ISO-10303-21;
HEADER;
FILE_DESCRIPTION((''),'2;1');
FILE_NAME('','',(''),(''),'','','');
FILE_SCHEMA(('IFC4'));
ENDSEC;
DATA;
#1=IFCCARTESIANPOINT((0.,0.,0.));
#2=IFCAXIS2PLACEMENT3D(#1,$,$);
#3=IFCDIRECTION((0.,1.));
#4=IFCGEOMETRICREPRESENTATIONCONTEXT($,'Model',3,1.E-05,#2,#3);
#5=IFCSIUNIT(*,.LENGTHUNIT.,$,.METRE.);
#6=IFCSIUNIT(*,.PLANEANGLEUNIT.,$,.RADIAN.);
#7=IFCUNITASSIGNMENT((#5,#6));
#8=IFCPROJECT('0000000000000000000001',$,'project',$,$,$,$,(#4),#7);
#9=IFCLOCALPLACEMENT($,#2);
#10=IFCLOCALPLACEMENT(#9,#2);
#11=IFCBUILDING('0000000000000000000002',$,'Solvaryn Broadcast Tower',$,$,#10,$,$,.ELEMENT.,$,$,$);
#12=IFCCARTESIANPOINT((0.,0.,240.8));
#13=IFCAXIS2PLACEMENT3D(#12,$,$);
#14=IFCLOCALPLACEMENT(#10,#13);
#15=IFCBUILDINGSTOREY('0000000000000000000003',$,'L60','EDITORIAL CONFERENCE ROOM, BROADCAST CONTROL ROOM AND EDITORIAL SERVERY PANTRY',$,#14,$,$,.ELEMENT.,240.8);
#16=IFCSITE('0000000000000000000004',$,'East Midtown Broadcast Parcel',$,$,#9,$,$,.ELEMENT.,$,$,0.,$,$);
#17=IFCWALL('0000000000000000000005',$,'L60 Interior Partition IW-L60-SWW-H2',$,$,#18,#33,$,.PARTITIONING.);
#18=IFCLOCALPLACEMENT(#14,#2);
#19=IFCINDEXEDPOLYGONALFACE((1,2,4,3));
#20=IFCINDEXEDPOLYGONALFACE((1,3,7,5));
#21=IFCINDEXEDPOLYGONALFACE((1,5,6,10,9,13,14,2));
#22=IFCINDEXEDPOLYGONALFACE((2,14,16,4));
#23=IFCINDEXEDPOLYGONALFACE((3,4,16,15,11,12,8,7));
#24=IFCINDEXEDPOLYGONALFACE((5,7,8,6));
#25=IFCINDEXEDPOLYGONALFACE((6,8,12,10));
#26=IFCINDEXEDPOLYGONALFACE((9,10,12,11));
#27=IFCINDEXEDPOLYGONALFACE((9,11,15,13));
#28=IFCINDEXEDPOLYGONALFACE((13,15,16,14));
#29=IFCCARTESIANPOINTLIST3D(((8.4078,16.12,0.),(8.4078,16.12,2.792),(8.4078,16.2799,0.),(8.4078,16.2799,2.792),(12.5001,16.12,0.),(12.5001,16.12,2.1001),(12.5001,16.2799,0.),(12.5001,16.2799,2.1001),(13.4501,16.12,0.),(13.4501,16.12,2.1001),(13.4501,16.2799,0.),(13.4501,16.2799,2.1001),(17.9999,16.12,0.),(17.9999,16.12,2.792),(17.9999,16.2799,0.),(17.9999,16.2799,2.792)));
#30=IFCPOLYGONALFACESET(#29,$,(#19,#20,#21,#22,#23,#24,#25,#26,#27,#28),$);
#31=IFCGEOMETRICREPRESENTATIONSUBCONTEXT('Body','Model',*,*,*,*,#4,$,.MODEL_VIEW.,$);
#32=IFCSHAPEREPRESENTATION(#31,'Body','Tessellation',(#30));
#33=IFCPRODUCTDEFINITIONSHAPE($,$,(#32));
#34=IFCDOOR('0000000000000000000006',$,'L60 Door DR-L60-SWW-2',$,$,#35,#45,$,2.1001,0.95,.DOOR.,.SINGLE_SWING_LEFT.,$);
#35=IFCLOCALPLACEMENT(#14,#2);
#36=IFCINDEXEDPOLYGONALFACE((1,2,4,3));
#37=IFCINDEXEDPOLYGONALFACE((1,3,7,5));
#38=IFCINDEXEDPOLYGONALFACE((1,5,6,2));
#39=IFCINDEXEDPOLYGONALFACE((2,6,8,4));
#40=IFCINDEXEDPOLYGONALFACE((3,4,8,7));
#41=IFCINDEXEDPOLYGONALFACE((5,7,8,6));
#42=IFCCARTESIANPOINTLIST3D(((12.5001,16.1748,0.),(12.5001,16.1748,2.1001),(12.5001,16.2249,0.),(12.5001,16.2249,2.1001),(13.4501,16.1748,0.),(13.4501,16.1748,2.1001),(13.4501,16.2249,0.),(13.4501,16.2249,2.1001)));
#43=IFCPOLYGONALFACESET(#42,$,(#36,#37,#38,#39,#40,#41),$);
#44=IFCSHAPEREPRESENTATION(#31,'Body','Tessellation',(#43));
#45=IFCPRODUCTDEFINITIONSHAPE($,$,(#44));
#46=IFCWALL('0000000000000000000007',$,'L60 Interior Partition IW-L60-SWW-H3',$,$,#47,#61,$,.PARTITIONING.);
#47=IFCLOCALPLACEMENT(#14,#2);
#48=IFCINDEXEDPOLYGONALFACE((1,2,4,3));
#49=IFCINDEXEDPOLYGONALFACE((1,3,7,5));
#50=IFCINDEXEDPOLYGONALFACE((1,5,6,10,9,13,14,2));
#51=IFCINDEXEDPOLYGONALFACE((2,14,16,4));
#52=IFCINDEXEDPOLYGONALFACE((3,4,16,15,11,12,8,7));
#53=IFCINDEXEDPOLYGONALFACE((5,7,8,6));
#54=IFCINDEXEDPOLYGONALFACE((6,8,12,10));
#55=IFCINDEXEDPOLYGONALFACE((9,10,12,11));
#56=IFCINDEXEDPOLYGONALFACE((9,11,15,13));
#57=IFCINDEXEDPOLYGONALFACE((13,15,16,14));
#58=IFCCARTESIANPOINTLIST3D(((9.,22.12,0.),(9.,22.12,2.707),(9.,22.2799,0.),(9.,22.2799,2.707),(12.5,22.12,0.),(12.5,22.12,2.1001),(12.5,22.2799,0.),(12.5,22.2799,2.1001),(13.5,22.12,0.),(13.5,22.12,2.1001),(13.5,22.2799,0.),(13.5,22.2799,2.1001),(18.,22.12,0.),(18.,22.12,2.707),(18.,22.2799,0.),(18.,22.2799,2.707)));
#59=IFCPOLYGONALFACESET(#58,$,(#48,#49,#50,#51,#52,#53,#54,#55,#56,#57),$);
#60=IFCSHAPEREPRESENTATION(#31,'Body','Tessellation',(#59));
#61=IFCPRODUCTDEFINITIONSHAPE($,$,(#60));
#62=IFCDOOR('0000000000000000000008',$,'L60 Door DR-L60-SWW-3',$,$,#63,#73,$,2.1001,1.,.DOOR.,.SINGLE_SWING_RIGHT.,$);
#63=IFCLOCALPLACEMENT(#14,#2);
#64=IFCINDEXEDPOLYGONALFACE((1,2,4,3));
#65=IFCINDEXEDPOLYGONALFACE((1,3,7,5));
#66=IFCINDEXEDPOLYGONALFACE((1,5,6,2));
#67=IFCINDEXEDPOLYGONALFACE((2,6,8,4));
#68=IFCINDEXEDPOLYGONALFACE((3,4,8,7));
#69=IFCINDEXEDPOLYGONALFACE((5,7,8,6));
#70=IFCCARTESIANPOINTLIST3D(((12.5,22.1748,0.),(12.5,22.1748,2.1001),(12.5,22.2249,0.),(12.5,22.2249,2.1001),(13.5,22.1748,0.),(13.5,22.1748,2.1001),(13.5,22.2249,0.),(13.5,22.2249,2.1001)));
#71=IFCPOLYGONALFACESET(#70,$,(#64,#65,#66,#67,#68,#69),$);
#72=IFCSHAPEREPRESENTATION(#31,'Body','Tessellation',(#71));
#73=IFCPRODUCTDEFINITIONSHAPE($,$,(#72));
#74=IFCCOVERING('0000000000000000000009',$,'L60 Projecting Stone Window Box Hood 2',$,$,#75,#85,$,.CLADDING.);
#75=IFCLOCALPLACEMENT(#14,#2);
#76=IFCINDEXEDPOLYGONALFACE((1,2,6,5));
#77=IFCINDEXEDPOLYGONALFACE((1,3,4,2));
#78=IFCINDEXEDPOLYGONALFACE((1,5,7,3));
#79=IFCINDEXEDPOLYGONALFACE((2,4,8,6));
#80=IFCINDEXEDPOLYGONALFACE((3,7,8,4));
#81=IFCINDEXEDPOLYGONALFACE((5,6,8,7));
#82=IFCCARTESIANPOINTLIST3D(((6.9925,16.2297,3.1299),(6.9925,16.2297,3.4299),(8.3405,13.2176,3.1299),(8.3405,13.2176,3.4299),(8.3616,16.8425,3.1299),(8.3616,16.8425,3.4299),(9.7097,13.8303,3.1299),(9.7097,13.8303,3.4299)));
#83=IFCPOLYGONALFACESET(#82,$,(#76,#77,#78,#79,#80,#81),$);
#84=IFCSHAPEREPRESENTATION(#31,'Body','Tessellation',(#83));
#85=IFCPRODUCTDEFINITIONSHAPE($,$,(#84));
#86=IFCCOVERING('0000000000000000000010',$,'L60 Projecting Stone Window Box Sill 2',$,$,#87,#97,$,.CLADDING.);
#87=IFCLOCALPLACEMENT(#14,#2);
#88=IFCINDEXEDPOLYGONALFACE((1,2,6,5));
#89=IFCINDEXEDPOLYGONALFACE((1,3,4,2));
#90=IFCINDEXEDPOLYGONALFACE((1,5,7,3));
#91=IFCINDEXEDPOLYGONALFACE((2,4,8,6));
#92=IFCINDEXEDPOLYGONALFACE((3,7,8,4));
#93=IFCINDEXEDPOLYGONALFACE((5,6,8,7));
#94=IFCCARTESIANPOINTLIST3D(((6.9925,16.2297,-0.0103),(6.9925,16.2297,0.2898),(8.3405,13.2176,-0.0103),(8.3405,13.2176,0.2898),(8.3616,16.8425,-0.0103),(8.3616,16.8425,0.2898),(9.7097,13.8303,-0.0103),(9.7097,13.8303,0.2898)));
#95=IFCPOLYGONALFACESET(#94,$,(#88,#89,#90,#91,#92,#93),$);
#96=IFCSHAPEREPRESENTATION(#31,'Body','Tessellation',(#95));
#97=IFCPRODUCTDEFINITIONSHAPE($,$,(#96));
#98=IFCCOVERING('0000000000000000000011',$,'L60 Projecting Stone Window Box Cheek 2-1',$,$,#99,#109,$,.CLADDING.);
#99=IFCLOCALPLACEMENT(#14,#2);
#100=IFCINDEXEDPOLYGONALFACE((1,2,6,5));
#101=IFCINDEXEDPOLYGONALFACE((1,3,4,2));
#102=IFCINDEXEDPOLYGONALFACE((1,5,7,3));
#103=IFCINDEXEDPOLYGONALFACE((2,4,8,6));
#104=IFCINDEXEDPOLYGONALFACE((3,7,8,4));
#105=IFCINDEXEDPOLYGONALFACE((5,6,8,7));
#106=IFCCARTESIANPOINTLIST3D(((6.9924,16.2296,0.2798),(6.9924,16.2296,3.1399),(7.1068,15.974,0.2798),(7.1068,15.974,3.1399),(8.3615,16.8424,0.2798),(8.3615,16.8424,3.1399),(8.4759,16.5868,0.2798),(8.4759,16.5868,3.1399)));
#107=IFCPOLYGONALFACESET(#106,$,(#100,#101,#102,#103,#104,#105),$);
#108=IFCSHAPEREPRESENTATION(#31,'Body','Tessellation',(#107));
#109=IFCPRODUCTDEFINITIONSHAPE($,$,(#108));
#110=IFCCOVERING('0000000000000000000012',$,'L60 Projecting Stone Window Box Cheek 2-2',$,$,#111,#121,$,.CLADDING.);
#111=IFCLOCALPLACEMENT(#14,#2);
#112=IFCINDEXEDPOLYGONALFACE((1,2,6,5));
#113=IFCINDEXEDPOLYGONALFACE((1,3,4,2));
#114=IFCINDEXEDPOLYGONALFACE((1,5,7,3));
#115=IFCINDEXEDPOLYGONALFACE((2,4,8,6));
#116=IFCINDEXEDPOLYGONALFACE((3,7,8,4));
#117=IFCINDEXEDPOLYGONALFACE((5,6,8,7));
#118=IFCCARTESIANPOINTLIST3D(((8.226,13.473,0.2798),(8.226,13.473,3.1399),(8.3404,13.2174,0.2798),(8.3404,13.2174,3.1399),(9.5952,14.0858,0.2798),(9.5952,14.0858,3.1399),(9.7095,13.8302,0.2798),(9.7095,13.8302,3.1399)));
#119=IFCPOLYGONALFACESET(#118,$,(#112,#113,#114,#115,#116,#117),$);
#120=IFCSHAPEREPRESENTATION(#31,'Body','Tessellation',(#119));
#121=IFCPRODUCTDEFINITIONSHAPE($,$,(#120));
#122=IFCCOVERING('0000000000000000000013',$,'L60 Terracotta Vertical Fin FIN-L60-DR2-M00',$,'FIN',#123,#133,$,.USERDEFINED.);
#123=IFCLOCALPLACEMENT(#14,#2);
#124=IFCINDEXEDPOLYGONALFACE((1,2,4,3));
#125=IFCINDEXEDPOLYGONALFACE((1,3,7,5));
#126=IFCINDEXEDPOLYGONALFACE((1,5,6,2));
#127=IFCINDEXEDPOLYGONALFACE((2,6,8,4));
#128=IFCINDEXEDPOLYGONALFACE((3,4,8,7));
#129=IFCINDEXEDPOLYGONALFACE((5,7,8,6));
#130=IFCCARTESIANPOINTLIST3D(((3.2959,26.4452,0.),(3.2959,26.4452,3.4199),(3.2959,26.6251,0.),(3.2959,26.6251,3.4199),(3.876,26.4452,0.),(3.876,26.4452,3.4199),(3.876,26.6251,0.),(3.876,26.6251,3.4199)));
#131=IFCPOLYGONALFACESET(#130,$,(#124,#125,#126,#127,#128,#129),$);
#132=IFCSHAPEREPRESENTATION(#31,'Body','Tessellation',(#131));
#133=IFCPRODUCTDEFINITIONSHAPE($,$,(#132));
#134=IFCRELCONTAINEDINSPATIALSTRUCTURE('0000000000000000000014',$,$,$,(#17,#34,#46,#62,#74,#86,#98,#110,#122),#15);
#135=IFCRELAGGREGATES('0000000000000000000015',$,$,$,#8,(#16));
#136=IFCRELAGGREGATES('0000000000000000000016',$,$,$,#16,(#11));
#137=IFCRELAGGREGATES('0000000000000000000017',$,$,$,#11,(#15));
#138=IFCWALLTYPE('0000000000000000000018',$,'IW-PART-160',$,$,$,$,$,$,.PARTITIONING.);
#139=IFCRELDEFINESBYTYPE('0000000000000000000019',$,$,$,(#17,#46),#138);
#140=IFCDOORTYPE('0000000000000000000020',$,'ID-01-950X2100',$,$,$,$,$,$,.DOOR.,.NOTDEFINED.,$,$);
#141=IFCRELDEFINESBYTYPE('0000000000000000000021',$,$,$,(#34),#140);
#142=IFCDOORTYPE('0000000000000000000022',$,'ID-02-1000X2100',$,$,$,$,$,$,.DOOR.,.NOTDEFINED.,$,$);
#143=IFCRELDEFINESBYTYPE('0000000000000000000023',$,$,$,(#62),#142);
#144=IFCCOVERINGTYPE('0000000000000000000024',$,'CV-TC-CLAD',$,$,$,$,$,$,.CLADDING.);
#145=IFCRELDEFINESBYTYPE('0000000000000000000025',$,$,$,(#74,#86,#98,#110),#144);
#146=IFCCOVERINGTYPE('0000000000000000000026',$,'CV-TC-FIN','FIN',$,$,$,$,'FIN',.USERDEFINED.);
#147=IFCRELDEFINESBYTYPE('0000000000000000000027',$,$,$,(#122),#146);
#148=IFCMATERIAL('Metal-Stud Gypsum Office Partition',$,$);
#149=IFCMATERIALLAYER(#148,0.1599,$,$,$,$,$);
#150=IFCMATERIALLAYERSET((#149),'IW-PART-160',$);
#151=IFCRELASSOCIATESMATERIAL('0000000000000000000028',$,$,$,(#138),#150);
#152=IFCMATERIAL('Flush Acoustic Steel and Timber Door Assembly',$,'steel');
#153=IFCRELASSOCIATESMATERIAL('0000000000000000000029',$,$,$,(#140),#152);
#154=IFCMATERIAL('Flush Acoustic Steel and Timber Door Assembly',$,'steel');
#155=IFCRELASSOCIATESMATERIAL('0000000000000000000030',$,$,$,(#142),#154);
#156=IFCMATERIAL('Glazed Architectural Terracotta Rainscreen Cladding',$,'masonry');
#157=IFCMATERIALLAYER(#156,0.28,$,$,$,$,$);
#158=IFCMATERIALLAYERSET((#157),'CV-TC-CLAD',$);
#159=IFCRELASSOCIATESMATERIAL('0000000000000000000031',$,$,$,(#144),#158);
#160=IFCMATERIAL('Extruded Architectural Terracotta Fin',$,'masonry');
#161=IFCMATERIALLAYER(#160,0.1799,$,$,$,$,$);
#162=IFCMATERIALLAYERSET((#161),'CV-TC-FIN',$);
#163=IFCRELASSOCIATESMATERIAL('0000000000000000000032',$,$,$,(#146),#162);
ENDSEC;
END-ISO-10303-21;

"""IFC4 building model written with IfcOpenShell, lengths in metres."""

from ifc_helpers import new_model, si_unit, direction, frame, frame_2d, origin, origin_2d, place, context, subcontext, project, spatial, rectangle, extrude, material, layer, layer_set, type_object, element, fill, save


model = new_model("IFC4")

# Units and contexts
model_context = context("Model", 3, precision=1e-05, world=origin(), true_north=direction((0.0, 1.0)))
body_context = subcontext(model_context, "Body", "Model", "MODEL_VIEW")
ifc_project = project(units=[si_unit("LENGTHUNIT", "METRE"), si_unit("PLANEANGLEUNIT", "RADIAN")], contexts=[model_context])

# Site, building, storey
site_placement = place(None, origin())
site = spatial("IfcSite", under=ifc_project, at=site_placement, Name="East Midtown Broadcast Parcel", CompositionType="ELEMENT", RefElevation=0.0)
building_placement = place(site_placement, origin())
building = spatial("IfcBuilding", under=site, at=building_placement, Name="Solvaryn Broadcast Tower", CompositionType="ELEMENT")
storey_placement = place(building_placement, frame((0.0, 0.0, 240.8)))
storey = spatial("IfcBuildingStorey", under=building, at=storey_placement, Name="L60", Description="EDITORIAL CONFERENCE ROOM, BROADCAST CONTROL ROOM AND EDITORIAL SERVERY PANTRY", CompositionType="ELEMENT", Elevation=240.8)

# Shared definitions
ifc_material_1 = material(Name="Metal-Stud Gypsum Office Partition")
ifc_layer_1 = layer(ifc_material_1, 0.1599)
ifc_layer_set_1 = layer_set([ifc_layer_1], Name="IW-PART-160")
wall_type = type_object("IfcWallType", Name="IW-PART-160", PredefinedType="PARTITIONING", material=ifc_layer_set_1)

# Walls, openings, doors
wall_1_placement = place(storey_placement, frame((8.408, 16.2, 0.0), z_axis=(0.0, 0.0, 1.0), x_axis=(1.0, 0.0, 0.0)))
wall_1 = element("IfcWall", 1, at=wall_1_placement, inside=storey, type_object=wall_type, Name="L60 Interior Partition IW-L60-SWW-H2", PredefinedType="PARTITIONING", context=body_context, shape_type="SweptSolid", body=[
    extrude(rectangle(XDim=9.592, YDim=0.1599, at=frame_2d((4.7959, 0.0))), origin(), (0.0, 0.0, 1.0), 2.792),
])
opening_1_placement = place(wall_1_placement, frame((4.092, 0.0, 0.0)))
opening_1 = element("IfcOpeningElement", 2, at=opening_1_placement, cuts=wall_1, PredefinedType="OPENING", context=body_context, shape_type="SweptSolid", body=[
    extrude(rectangle(XDim=0.95, YDim=2.1001, at=frame_2d((0.4751, 1.05))), frame((0.0, 0.0901, 0.0), z_axis=(0.0, -1.0, 0.0), x_axis=(1.0, 0.0, 0.0)), (0.0, 0.0, 1.0), 0.1799),
])
ifc_material_2 = material(Name="Flush Acoustic Steel and Timber Door Assembly", Category="steel")
door_type_1 = type_object("IfcDoorType", Name="ID-01-950X2100", OperationType="NOTDEFINED", PredefinedType="DOOR", material=ifc_material_2)
door_1_placement = place(opening_1_placement, origin())
door_1 = element("IfcDoor", 3, at=door_1_placement, inside=storey, type_object=door_type_1, Name="L60 Door DR-L60-SWW-2", OperationType="SINGLE_SWING_LEFT", OverallHeight=2.1001, OverallWidth=0.95, PredefinedType="DOOR", context=body_context, shape_type="SweptSolid", body=[
    extrude(rectangle(XDim=0.95, YDim=2.1001, at=frame_2d((0.4751, 1.05))), frame((0.0, 0.0249, 0.0), z_axis=(0.0, -1.0, 0.0), x_axis=(1.0, 0.0, 0.0)), (0.0, 0.0, 1.0), 0.05),
])
fill(opening_1, door_1)
wall_2_placement = place(storey_placement, frame((9.0, 22.2, 0.0), z_axis=(0.0, 0.0, 1.0), x_axis=(1.0, 0.0, 0.0)))
wall_2 = element("IfcWall", 4, at=wall_2_placement, inside=storey, type_object=wall_type, Name="L60 Interior Partition IW-L60-SWW-H3", PredefinedType="PARTITIONING", context=body_context, shape_type="SweptSolid", body=[
    extrude(rectangle(XDim=9.0, YDim=0.1599, at=frame_2d((4.5, 0.0))), origin(), (0.0, 0.0, 1.0), 2.707),
])
opening_2_placement = place(wall_2_placement, frame((3.5, 0.0, 0.0)))
opening_2 = element("IfcOpeningElement", 5, at=opening_2_placement, cuts=wall_2, PredefinedType="OPENING", context=body_context, shape_type="SweptSolid", body=[
    extrude(rectangle(XDim=1.0, YDim=2.1001, at=frame_2d((0.5, 1.05))), frame((0.0, 0.0901, 0.0), z_axis=(0.0, -1.0, 0.0), x_axis=(1.0, 0.0, 0.0)), (0.0, 0.0, 1.0), 0.1799),
])
ifc_material_3 = material(Name="Flush Acoustic Steel and Timber Door Assembly", Category="steel")
door_type_2 = type_object("IfcDoorType", Name="ID-02-1000X2100", OperationType="NOTDEFINED", PredefinedType="DOOR", material=ifc_material_3)
door_2_placement = place(opening_2_placement, origin())
door_2 = element("IfcDoor", 6, at=door_2_placement, inside=storey, type_object=door_type_2, Name="L60 Door DR-L60-SWW-3", OperationType="SINGLE_SWING_RIGHT", OverallHeight=2.1001, OverallWidth=1.0, PredefinedType="DOOR", context=body_context, shape_type="SweptSolid", body=[
    extrude(rectangle(XDim=1.0, YDim=2.1001, at=frame_2d((0.5, 1.05))), frame((0.0, 0.0249, 0.0), z_axis=(0.0, -1.0, 0.0), x_axis=(1.0, 0.0, 0.0)), (0.0, 0.0, 1.0), 0.05),
])
fill(opening_2, door_2)

# Coverings
ifc_material_4 = material(Name="Glazed Architectural Terracotta Rainscreen Cladding", Category="masonry")
ifc_layer_2 = layer(ifc_material_4, 0.28)
ifc_layer_set_2 = layer_set([ifc_layer_2], Name="CV-TC-CLAD")
covering_type_1 = type_object("IfcCoveringType", Name="CV-TC-CLAD", PredefinedType="CLADDING", material=ifc_layer_set_2)
for number, where, z_axis, x_axis, name in (
    (7, (8.3511, 15.03, 3.1299), (0.0, 0.0, 1.0), (0.40849, -0.912763, 0.0), "L60 Projecting Stone Window Box Hood 2"),
    (8, (8.3511, 15.03, -0.0103), (0.0, 0.0, 1.0), (0.40849, -0.912763, 0.0), "L60 Projecting Stone Window Box Sill 2"),
):
    element("IfcCovering", number, at=place(storey_placement, frame(where, z_axis=z_axis, x_axis=x_axis)), inside=storey, type_object=covering_type_1, Name=name, PredefinedType="CLADDING", context=body_context, shape_type="SweptSolid", body=[
        extrude(rectangle(XDim=3.3, YDim=1.5, at=origin_2d()), origin(), (0.0, 0.0, 1.0), 0.3),
    ])
for number, where, z_axis, x_axis, name in (
    (9, (7.7341, 16.4082, 0.2798), (0.0, 0.0, 1.0), (0.40849, -0.912763, 0.0), "L60 Projecting Stone Window Box Cheek 2-1"),
    (10, (8.9678, 13.6516, 0.2798), (0.0, 0.0, 1.0), (0.40849, -0.912763, 0.0), "L60 Projecting Stone Window Box Cheek 2-2"),
):
    element("IfcCovering", number, at=place(storey_placement, frame(where, z_axis=z_axis, x_axis=x_axis)), inside=storey, type_object=covering_type_1, Name=name, PredefinedType="CLADDING", context=body_context, shape_type="SweptSolid", body=[
        extrude(rectangle(XDim=0.28, YDim=1.5, at=origin_2d()), origin(), (0.0, 0.0, 1.0), 2.8601),
    ])
ifc_material_5 = material(Name="Extruded Architectural Terracotta Fin", Category="masonry")
ifc_layer_3 = layer(ifc_material_5, 0.1799)
ifc_layer_set_3 = layer_set([ifc_layer_3], Name="CV-TC-FIN")
covering_type_2 = type_object("IfcCoveringType", Name="CV-TC-FIN", Description="FIN", ElementType="FIN", PredefinedType="USERDEFINED", material=ifc_layer_set_3)
covering_placement = place(storey_placement, frame((3.5859, 26.5352, 0.0), z_axis=(0.0, 0.0, 1.0), x_axis=(1.0, 0.0, 0.0)))
element("IfcCovering", 11, at=covering_placement, inside=storey, type_object=covering_type_2, Name="L60 Terracotta Vertical Fin FIN-L60-DR2-M00", ObjectType="FIN", PredefinedType="USERDEFINED", context=body_context, shape_type="SweptSolid", body=[
    extrude(rectangle(XDim=0.5801, YDim=0.1799, at=origin_2d()), origin(), (0.0, 0.0, 1.0), 3.4199),
])

save(model, "model.ifc")
